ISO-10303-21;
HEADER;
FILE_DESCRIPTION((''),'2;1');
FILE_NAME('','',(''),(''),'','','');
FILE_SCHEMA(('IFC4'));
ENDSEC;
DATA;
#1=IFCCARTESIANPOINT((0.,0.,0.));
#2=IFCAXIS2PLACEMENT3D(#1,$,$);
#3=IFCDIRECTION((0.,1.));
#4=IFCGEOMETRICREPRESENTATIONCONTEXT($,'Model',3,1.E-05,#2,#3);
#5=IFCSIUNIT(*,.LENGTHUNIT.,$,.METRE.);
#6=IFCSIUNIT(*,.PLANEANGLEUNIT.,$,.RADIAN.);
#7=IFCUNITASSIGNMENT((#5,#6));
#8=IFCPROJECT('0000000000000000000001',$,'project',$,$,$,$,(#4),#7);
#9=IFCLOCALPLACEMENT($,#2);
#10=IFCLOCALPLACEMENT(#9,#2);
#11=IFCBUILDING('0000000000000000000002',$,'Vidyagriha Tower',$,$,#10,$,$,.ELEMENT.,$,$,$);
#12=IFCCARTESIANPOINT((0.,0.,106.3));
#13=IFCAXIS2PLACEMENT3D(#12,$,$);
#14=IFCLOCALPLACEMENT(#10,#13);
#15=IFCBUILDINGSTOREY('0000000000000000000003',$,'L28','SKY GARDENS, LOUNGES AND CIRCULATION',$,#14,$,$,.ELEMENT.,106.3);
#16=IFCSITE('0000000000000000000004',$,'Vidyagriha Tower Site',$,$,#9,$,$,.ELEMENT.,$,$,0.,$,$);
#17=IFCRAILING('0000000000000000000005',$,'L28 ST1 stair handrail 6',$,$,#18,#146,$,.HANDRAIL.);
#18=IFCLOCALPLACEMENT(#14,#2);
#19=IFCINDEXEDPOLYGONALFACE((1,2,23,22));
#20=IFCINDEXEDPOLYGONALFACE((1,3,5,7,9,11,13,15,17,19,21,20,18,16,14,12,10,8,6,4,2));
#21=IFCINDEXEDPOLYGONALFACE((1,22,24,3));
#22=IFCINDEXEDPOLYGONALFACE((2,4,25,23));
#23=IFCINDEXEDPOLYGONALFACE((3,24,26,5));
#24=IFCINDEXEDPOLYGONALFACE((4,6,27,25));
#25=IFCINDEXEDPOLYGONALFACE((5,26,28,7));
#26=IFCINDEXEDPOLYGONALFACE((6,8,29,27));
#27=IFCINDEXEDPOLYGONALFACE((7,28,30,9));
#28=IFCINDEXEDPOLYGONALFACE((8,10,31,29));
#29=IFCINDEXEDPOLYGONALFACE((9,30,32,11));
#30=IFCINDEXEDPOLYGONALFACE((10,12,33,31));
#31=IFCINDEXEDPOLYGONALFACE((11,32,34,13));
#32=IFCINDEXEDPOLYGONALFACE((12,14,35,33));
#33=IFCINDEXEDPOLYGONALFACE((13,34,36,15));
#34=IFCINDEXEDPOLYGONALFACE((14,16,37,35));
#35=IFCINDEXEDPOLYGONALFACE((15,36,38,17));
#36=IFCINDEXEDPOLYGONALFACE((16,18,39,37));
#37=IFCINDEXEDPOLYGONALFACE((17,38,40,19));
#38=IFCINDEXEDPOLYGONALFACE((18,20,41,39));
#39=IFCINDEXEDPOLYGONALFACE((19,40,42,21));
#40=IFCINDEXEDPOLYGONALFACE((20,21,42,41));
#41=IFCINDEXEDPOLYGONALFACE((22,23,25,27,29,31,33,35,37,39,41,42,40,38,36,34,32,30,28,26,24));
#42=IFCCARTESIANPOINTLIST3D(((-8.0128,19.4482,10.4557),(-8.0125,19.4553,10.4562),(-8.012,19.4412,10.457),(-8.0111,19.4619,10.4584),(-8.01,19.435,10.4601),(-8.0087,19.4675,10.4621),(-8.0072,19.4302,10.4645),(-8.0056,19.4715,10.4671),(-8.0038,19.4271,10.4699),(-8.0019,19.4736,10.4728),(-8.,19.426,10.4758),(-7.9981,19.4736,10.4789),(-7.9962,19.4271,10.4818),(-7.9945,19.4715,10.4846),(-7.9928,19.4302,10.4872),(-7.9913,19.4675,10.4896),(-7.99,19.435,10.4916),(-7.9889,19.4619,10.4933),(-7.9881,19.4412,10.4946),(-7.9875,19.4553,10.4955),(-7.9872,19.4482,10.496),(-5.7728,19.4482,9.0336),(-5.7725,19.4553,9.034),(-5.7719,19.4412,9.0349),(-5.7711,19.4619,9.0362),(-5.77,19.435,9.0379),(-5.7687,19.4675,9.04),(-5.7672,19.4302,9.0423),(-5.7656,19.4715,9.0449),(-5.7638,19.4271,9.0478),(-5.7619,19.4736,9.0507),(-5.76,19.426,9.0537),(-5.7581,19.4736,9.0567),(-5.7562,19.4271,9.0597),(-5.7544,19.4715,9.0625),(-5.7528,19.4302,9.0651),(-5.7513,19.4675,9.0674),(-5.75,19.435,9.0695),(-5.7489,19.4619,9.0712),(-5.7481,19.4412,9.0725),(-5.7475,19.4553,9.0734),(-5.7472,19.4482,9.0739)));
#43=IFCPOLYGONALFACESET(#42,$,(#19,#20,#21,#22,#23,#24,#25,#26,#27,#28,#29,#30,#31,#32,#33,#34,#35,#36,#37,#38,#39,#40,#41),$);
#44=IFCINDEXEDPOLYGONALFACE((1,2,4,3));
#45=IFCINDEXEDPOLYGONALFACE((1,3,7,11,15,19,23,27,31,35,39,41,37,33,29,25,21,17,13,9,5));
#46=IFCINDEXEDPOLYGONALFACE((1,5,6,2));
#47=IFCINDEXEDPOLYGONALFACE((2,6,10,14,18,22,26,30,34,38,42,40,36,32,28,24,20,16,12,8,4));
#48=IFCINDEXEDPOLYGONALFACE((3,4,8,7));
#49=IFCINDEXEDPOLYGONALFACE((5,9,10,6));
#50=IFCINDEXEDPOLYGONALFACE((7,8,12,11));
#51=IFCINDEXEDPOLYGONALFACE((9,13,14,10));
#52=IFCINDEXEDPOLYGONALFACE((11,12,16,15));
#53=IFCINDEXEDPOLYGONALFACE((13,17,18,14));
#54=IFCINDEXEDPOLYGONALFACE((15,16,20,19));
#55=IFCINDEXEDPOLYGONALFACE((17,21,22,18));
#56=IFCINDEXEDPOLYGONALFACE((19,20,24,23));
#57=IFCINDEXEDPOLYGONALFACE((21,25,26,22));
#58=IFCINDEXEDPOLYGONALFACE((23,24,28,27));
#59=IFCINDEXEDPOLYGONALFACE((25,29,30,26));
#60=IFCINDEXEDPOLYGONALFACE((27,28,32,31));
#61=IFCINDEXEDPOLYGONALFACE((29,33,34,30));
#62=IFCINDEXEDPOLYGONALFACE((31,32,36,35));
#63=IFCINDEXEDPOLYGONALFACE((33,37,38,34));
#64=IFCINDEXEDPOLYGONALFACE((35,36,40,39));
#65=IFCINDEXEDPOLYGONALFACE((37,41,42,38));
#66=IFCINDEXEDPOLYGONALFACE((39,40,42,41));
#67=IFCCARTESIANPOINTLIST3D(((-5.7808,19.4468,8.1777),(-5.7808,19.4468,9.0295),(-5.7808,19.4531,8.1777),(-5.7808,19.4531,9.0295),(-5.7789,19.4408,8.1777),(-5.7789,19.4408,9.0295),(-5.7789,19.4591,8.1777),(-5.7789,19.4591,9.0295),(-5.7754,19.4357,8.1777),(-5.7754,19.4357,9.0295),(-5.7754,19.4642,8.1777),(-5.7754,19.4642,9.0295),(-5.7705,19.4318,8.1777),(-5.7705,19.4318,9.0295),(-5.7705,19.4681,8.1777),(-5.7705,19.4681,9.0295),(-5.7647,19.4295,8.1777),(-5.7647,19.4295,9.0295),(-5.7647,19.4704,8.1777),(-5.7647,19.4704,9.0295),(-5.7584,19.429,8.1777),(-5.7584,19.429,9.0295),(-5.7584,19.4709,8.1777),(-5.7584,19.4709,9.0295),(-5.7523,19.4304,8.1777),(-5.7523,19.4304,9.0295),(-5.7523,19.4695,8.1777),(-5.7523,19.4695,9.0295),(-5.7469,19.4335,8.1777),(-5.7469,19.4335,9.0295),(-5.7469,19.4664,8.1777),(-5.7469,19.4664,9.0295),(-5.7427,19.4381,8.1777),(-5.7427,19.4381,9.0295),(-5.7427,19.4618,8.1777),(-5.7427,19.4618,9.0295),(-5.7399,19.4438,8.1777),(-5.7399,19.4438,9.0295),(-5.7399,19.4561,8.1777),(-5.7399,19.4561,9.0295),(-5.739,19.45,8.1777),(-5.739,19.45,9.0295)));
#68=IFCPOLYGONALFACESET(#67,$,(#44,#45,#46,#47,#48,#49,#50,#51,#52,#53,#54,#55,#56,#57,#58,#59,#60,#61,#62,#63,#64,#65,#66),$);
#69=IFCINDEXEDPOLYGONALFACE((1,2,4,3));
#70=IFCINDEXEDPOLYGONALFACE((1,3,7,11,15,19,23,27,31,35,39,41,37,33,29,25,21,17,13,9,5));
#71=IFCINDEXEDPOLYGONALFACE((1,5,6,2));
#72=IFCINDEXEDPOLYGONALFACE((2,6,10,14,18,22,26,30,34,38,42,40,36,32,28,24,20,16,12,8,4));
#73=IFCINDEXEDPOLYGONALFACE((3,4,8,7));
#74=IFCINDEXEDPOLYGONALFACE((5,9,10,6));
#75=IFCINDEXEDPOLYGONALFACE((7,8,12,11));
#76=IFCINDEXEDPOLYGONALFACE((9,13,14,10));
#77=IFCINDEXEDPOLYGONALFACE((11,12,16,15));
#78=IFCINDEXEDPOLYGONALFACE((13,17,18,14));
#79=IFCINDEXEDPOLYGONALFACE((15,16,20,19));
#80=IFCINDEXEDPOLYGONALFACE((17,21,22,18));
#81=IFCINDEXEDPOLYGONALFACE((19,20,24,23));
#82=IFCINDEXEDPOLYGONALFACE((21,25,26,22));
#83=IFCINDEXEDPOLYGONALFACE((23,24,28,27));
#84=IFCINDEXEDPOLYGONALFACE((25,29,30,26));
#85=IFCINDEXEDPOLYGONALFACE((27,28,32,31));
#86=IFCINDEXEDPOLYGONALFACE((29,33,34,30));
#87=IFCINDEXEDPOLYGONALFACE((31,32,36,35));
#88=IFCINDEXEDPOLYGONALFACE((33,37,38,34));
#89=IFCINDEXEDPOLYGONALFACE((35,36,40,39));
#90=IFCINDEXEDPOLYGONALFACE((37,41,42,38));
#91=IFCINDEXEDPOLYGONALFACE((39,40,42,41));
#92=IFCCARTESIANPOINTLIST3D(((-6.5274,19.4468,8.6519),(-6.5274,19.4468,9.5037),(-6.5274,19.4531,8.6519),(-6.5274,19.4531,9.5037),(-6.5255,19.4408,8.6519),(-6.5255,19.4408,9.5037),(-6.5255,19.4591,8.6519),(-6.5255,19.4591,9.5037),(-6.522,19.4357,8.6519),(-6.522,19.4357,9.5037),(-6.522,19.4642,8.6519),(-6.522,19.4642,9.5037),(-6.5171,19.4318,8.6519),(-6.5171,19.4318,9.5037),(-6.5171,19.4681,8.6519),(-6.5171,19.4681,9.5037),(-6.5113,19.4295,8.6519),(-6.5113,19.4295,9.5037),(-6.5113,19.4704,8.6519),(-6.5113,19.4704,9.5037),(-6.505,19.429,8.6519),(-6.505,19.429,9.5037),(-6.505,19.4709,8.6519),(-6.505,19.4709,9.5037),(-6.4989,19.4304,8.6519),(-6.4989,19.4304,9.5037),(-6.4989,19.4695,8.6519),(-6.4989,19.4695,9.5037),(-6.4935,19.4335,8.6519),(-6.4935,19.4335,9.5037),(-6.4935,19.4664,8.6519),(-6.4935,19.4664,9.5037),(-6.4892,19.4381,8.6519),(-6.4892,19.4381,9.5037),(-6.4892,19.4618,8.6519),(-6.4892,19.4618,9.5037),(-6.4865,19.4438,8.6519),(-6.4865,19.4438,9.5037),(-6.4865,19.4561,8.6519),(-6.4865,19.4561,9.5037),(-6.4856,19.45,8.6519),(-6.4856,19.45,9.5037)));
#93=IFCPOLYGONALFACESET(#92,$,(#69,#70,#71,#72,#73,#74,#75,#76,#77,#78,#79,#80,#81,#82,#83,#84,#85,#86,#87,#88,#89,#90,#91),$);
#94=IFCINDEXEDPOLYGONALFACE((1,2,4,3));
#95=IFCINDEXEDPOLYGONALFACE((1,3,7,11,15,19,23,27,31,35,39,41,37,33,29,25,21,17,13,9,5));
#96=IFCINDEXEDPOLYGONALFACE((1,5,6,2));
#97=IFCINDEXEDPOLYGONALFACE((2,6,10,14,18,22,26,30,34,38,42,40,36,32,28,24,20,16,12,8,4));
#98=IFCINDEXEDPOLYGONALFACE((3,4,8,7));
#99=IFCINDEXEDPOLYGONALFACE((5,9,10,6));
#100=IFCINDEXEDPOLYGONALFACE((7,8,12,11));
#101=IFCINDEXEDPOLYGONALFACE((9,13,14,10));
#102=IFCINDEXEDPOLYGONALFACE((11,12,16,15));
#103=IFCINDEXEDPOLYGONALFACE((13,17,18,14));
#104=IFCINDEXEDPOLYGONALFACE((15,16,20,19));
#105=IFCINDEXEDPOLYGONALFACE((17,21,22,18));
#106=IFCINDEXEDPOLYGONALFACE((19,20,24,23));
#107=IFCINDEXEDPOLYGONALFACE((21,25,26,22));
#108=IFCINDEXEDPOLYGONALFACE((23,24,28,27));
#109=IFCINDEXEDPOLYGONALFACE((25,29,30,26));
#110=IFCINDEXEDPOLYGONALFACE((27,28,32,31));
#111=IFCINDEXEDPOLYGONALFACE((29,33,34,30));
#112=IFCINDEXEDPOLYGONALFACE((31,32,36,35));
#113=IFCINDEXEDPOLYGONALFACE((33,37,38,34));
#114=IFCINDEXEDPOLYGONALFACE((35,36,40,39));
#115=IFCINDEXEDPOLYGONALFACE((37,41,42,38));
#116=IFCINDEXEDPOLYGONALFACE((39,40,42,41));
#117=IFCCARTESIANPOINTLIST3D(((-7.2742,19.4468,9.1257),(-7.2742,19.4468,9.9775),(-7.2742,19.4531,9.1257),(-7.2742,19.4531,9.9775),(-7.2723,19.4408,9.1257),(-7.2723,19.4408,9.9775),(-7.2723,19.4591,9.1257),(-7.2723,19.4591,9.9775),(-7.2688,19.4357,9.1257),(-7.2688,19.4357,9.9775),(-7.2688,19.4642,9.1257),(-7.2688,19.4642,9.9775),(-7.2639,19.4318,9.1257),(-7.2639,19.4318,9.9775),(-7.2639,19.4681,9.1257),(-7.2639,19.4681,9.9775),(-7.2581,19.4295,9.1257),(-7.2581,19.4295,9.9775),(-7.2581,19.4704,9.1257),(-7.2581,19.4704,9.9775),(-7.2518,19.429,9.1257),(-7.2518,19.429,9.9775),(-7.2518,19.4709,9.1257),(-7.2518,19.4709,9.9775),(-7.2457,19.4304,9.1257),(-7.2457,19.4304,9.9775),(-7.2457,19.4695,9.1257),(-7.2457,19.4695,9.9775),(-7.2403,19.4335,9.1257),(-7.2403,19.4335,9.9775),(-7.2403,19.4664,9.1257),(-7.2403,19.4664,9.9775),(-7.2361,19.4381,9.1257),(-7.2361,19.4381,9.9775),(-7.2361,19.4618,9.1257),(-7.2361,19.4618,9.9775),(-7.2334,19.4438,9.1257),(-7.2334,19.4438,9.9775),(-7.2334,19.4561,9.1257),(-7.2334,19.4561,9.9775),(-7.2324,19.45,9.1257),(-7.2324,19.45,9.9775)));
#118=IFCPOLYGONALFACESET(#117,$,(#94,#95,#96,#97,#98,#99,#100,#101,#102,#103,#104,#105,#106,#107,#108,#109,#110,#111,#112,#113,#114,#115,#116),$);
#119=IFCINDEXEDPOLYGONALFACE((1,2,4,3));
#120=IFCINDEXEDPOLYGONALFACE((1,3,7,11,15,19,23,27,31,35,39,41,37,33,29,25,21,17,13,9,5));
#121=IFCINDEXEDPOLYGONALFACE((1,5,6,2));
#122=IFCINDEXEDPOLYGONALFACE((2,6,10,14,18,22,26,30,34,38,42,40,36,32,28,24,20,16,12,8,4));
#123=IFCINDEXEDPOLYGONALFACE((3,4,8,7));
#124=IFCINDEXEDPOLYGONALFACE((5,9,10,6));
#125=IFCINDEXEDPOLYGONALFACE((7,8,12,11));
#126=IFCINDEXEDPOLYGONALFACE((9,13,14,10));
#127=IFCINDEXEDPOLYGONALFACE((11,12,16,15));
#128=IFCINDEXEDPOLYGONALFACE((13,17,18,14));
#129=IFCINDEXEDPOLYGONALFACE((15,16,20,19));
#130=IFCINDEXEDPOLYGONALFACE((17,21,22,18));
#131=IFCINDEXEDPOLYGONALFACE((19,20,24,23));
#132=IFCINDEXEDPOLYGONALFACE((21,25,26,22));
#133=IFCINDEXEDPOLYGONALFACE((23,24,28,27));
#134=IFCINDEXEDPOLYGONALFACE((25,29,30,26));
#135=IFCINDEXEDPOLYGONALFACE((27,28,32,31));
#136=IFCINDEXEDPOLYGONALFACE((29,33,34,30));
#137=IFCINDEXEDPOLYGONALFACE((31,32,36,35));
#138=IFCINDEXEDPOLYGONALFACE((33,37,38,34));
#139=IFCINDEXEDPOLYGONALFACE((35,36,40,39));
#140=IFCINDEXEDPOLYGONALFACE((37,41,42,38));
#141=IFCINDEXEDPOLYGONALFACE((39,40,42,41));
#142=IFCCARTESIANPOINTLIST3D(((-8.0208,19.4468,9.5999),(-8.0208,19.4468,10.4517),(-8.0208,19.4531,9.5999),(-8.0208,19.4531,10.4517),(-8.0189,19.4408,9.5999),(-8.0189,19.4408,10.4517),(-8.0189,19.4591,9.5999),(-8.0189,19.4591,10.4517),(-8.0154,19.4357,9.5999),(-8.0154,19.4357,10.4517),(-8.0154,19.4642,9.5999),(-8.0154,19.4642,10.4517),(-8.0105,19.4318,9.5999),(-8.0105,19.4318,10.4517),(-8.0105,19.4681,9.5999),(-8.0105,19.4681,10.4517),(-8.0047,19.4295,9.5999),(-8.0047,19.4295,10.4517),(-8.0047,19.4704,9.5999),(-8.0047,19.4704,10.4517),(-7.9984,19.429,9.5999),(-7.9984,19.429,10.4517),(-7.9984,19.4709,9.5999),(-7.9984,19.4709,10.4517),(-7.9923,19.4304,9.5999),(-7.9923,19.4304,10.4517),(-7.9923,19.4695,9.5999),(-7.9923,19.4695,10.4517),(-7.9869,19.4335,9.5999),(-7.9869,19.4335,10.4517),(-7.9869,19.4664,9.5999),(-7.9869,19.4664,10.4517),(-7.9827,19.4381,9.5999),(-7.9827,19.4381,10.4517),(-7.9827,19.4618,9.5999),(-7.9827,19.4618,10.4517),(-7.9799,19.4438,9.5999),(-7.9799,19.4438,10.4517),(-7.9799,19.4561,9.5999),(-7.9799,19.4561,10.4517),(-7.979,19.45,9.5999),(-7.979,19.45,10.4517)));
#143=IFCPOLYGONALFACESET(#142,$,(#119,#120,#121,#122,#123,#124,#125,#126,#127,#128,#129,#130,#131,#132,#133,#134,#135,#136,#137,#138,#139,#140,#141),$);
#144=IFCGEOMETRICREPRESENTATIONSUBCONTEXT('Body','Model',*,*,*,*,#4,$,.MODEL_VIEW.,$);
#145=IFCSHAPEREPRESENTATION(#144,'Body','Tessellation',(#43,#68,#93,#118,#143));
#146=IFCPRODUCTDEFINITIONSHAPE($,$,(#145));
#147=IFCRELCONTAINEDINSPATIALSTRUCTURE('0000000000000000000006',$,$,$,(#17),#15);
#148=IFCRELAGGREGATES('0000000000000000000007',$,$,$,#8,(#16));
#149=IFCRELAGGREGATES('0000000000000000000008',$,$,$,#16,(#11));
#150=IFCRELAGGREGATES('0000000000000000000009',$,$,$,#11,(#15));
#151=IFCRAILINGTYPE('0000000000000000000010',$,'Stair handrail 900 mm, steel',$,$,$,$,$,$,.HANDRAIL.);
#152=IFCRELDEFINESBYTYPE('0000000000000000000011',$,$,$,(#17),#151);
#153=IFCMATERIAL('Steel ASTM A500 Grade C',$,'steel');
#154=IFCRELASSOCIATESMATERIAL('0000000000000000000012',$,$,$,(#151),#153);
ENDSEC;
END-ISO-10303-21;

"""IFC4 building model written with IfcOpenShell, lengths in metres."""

from ifc_helpers import new_model, si_unit, direction, frame, origin, origin_2d, place, context, subcontext, project, spatial, circle, extrude, material, type_object, element, save


model = new_model("IFC4")

# Units and contexts
model_context = context("Model", 3, precision=1e-05, world=origin(), true_north=direction((0.0, 1.0)))
body_context = subcontext(model_context, "Body", "Model", "MODEL_VIEW")
ifc_project = project(units=[si_unit("LENGTHUNIT", "METRE"), si_unit("PLANEANGLEUNIT", "RADIAN")], contexts=[model_context])

# Site, building, storey
site_placement = place(None, origin())
site = spatial("IfcSite", under=ifc_project, at=site_placement, Name="Vidyagriha Tower Site", CompositionType="ELEMENT", RefElevation=0.0)
building_placement = place(site_placement, origin())
building = spatial("IfcBuilding", under=site, at=building_placement, Name="Vidyagriha Tower", CompositionType="ELEMENT")
storey_placement = place(building_placement, frame((0.0, 0.0, 106.3)))
storey = spatial("IfcBuildingStorey", under=building, at=storey_placement, Name="L28", Description="SKY GARDENS, LOUNGES AND CIRCULATION", CompositionType="ELEMENT", Elevation=106.3)

# Railing
ifc_material_1 = material(Name="Steel ASTM A500 Grade C", Category="steel")
railing_type_1 = type_object("IfcRailingType", Name="Stair handrail 900 mm, steel", PredefinedType="HANDRAIL", material=ifc_material_1)
for number, where, name in (
    (1, (-5.76, 19.45, 8.1777), "L28 ST1 stair handrail 6"),
):
    element("IfcRailing", number, at=place(storey_placement, frame(where)), inside=storey, type_object=railing_type_1, Name=name, PredefinedType="HANDRAIL", context=body_context, shape_type="SweptSolid", body=[
        extrude(circle(Radius=0.0239, at=origin_2d()), frame((0.0, 0.0, 0.876), z_axis=(-0.844229, 0.0, 0.535982), x_axis=(0.0, -1.0, 0.0)), (0.0, 0.0, 1.0), 2.6533),
        extrude(circle(Radius=0.021, at=origin_2d()), origin(), (0.0, 0.0, 1.0), 0.8518),
        extrude(circle(Radius=0.021, at=origin_2d()), frame((-0.7466, 0.0, 0.4741)), (0.0, 0.0, 1.0), 0.8518),
        extrude(circle(Radius=0.021, at=origin_2d()), frame((-1.4934, 0.0, 0.948)), (0.0, 0.0, 1.0), 0.8518),
        extrude(circle(Radius=0.021, at=origin_2d()), frame((-2.24, 0.0, 1.4221)), (0.0, 0.0, 1.0), 0.8518),
    ])

save(model, "model.ifc")
